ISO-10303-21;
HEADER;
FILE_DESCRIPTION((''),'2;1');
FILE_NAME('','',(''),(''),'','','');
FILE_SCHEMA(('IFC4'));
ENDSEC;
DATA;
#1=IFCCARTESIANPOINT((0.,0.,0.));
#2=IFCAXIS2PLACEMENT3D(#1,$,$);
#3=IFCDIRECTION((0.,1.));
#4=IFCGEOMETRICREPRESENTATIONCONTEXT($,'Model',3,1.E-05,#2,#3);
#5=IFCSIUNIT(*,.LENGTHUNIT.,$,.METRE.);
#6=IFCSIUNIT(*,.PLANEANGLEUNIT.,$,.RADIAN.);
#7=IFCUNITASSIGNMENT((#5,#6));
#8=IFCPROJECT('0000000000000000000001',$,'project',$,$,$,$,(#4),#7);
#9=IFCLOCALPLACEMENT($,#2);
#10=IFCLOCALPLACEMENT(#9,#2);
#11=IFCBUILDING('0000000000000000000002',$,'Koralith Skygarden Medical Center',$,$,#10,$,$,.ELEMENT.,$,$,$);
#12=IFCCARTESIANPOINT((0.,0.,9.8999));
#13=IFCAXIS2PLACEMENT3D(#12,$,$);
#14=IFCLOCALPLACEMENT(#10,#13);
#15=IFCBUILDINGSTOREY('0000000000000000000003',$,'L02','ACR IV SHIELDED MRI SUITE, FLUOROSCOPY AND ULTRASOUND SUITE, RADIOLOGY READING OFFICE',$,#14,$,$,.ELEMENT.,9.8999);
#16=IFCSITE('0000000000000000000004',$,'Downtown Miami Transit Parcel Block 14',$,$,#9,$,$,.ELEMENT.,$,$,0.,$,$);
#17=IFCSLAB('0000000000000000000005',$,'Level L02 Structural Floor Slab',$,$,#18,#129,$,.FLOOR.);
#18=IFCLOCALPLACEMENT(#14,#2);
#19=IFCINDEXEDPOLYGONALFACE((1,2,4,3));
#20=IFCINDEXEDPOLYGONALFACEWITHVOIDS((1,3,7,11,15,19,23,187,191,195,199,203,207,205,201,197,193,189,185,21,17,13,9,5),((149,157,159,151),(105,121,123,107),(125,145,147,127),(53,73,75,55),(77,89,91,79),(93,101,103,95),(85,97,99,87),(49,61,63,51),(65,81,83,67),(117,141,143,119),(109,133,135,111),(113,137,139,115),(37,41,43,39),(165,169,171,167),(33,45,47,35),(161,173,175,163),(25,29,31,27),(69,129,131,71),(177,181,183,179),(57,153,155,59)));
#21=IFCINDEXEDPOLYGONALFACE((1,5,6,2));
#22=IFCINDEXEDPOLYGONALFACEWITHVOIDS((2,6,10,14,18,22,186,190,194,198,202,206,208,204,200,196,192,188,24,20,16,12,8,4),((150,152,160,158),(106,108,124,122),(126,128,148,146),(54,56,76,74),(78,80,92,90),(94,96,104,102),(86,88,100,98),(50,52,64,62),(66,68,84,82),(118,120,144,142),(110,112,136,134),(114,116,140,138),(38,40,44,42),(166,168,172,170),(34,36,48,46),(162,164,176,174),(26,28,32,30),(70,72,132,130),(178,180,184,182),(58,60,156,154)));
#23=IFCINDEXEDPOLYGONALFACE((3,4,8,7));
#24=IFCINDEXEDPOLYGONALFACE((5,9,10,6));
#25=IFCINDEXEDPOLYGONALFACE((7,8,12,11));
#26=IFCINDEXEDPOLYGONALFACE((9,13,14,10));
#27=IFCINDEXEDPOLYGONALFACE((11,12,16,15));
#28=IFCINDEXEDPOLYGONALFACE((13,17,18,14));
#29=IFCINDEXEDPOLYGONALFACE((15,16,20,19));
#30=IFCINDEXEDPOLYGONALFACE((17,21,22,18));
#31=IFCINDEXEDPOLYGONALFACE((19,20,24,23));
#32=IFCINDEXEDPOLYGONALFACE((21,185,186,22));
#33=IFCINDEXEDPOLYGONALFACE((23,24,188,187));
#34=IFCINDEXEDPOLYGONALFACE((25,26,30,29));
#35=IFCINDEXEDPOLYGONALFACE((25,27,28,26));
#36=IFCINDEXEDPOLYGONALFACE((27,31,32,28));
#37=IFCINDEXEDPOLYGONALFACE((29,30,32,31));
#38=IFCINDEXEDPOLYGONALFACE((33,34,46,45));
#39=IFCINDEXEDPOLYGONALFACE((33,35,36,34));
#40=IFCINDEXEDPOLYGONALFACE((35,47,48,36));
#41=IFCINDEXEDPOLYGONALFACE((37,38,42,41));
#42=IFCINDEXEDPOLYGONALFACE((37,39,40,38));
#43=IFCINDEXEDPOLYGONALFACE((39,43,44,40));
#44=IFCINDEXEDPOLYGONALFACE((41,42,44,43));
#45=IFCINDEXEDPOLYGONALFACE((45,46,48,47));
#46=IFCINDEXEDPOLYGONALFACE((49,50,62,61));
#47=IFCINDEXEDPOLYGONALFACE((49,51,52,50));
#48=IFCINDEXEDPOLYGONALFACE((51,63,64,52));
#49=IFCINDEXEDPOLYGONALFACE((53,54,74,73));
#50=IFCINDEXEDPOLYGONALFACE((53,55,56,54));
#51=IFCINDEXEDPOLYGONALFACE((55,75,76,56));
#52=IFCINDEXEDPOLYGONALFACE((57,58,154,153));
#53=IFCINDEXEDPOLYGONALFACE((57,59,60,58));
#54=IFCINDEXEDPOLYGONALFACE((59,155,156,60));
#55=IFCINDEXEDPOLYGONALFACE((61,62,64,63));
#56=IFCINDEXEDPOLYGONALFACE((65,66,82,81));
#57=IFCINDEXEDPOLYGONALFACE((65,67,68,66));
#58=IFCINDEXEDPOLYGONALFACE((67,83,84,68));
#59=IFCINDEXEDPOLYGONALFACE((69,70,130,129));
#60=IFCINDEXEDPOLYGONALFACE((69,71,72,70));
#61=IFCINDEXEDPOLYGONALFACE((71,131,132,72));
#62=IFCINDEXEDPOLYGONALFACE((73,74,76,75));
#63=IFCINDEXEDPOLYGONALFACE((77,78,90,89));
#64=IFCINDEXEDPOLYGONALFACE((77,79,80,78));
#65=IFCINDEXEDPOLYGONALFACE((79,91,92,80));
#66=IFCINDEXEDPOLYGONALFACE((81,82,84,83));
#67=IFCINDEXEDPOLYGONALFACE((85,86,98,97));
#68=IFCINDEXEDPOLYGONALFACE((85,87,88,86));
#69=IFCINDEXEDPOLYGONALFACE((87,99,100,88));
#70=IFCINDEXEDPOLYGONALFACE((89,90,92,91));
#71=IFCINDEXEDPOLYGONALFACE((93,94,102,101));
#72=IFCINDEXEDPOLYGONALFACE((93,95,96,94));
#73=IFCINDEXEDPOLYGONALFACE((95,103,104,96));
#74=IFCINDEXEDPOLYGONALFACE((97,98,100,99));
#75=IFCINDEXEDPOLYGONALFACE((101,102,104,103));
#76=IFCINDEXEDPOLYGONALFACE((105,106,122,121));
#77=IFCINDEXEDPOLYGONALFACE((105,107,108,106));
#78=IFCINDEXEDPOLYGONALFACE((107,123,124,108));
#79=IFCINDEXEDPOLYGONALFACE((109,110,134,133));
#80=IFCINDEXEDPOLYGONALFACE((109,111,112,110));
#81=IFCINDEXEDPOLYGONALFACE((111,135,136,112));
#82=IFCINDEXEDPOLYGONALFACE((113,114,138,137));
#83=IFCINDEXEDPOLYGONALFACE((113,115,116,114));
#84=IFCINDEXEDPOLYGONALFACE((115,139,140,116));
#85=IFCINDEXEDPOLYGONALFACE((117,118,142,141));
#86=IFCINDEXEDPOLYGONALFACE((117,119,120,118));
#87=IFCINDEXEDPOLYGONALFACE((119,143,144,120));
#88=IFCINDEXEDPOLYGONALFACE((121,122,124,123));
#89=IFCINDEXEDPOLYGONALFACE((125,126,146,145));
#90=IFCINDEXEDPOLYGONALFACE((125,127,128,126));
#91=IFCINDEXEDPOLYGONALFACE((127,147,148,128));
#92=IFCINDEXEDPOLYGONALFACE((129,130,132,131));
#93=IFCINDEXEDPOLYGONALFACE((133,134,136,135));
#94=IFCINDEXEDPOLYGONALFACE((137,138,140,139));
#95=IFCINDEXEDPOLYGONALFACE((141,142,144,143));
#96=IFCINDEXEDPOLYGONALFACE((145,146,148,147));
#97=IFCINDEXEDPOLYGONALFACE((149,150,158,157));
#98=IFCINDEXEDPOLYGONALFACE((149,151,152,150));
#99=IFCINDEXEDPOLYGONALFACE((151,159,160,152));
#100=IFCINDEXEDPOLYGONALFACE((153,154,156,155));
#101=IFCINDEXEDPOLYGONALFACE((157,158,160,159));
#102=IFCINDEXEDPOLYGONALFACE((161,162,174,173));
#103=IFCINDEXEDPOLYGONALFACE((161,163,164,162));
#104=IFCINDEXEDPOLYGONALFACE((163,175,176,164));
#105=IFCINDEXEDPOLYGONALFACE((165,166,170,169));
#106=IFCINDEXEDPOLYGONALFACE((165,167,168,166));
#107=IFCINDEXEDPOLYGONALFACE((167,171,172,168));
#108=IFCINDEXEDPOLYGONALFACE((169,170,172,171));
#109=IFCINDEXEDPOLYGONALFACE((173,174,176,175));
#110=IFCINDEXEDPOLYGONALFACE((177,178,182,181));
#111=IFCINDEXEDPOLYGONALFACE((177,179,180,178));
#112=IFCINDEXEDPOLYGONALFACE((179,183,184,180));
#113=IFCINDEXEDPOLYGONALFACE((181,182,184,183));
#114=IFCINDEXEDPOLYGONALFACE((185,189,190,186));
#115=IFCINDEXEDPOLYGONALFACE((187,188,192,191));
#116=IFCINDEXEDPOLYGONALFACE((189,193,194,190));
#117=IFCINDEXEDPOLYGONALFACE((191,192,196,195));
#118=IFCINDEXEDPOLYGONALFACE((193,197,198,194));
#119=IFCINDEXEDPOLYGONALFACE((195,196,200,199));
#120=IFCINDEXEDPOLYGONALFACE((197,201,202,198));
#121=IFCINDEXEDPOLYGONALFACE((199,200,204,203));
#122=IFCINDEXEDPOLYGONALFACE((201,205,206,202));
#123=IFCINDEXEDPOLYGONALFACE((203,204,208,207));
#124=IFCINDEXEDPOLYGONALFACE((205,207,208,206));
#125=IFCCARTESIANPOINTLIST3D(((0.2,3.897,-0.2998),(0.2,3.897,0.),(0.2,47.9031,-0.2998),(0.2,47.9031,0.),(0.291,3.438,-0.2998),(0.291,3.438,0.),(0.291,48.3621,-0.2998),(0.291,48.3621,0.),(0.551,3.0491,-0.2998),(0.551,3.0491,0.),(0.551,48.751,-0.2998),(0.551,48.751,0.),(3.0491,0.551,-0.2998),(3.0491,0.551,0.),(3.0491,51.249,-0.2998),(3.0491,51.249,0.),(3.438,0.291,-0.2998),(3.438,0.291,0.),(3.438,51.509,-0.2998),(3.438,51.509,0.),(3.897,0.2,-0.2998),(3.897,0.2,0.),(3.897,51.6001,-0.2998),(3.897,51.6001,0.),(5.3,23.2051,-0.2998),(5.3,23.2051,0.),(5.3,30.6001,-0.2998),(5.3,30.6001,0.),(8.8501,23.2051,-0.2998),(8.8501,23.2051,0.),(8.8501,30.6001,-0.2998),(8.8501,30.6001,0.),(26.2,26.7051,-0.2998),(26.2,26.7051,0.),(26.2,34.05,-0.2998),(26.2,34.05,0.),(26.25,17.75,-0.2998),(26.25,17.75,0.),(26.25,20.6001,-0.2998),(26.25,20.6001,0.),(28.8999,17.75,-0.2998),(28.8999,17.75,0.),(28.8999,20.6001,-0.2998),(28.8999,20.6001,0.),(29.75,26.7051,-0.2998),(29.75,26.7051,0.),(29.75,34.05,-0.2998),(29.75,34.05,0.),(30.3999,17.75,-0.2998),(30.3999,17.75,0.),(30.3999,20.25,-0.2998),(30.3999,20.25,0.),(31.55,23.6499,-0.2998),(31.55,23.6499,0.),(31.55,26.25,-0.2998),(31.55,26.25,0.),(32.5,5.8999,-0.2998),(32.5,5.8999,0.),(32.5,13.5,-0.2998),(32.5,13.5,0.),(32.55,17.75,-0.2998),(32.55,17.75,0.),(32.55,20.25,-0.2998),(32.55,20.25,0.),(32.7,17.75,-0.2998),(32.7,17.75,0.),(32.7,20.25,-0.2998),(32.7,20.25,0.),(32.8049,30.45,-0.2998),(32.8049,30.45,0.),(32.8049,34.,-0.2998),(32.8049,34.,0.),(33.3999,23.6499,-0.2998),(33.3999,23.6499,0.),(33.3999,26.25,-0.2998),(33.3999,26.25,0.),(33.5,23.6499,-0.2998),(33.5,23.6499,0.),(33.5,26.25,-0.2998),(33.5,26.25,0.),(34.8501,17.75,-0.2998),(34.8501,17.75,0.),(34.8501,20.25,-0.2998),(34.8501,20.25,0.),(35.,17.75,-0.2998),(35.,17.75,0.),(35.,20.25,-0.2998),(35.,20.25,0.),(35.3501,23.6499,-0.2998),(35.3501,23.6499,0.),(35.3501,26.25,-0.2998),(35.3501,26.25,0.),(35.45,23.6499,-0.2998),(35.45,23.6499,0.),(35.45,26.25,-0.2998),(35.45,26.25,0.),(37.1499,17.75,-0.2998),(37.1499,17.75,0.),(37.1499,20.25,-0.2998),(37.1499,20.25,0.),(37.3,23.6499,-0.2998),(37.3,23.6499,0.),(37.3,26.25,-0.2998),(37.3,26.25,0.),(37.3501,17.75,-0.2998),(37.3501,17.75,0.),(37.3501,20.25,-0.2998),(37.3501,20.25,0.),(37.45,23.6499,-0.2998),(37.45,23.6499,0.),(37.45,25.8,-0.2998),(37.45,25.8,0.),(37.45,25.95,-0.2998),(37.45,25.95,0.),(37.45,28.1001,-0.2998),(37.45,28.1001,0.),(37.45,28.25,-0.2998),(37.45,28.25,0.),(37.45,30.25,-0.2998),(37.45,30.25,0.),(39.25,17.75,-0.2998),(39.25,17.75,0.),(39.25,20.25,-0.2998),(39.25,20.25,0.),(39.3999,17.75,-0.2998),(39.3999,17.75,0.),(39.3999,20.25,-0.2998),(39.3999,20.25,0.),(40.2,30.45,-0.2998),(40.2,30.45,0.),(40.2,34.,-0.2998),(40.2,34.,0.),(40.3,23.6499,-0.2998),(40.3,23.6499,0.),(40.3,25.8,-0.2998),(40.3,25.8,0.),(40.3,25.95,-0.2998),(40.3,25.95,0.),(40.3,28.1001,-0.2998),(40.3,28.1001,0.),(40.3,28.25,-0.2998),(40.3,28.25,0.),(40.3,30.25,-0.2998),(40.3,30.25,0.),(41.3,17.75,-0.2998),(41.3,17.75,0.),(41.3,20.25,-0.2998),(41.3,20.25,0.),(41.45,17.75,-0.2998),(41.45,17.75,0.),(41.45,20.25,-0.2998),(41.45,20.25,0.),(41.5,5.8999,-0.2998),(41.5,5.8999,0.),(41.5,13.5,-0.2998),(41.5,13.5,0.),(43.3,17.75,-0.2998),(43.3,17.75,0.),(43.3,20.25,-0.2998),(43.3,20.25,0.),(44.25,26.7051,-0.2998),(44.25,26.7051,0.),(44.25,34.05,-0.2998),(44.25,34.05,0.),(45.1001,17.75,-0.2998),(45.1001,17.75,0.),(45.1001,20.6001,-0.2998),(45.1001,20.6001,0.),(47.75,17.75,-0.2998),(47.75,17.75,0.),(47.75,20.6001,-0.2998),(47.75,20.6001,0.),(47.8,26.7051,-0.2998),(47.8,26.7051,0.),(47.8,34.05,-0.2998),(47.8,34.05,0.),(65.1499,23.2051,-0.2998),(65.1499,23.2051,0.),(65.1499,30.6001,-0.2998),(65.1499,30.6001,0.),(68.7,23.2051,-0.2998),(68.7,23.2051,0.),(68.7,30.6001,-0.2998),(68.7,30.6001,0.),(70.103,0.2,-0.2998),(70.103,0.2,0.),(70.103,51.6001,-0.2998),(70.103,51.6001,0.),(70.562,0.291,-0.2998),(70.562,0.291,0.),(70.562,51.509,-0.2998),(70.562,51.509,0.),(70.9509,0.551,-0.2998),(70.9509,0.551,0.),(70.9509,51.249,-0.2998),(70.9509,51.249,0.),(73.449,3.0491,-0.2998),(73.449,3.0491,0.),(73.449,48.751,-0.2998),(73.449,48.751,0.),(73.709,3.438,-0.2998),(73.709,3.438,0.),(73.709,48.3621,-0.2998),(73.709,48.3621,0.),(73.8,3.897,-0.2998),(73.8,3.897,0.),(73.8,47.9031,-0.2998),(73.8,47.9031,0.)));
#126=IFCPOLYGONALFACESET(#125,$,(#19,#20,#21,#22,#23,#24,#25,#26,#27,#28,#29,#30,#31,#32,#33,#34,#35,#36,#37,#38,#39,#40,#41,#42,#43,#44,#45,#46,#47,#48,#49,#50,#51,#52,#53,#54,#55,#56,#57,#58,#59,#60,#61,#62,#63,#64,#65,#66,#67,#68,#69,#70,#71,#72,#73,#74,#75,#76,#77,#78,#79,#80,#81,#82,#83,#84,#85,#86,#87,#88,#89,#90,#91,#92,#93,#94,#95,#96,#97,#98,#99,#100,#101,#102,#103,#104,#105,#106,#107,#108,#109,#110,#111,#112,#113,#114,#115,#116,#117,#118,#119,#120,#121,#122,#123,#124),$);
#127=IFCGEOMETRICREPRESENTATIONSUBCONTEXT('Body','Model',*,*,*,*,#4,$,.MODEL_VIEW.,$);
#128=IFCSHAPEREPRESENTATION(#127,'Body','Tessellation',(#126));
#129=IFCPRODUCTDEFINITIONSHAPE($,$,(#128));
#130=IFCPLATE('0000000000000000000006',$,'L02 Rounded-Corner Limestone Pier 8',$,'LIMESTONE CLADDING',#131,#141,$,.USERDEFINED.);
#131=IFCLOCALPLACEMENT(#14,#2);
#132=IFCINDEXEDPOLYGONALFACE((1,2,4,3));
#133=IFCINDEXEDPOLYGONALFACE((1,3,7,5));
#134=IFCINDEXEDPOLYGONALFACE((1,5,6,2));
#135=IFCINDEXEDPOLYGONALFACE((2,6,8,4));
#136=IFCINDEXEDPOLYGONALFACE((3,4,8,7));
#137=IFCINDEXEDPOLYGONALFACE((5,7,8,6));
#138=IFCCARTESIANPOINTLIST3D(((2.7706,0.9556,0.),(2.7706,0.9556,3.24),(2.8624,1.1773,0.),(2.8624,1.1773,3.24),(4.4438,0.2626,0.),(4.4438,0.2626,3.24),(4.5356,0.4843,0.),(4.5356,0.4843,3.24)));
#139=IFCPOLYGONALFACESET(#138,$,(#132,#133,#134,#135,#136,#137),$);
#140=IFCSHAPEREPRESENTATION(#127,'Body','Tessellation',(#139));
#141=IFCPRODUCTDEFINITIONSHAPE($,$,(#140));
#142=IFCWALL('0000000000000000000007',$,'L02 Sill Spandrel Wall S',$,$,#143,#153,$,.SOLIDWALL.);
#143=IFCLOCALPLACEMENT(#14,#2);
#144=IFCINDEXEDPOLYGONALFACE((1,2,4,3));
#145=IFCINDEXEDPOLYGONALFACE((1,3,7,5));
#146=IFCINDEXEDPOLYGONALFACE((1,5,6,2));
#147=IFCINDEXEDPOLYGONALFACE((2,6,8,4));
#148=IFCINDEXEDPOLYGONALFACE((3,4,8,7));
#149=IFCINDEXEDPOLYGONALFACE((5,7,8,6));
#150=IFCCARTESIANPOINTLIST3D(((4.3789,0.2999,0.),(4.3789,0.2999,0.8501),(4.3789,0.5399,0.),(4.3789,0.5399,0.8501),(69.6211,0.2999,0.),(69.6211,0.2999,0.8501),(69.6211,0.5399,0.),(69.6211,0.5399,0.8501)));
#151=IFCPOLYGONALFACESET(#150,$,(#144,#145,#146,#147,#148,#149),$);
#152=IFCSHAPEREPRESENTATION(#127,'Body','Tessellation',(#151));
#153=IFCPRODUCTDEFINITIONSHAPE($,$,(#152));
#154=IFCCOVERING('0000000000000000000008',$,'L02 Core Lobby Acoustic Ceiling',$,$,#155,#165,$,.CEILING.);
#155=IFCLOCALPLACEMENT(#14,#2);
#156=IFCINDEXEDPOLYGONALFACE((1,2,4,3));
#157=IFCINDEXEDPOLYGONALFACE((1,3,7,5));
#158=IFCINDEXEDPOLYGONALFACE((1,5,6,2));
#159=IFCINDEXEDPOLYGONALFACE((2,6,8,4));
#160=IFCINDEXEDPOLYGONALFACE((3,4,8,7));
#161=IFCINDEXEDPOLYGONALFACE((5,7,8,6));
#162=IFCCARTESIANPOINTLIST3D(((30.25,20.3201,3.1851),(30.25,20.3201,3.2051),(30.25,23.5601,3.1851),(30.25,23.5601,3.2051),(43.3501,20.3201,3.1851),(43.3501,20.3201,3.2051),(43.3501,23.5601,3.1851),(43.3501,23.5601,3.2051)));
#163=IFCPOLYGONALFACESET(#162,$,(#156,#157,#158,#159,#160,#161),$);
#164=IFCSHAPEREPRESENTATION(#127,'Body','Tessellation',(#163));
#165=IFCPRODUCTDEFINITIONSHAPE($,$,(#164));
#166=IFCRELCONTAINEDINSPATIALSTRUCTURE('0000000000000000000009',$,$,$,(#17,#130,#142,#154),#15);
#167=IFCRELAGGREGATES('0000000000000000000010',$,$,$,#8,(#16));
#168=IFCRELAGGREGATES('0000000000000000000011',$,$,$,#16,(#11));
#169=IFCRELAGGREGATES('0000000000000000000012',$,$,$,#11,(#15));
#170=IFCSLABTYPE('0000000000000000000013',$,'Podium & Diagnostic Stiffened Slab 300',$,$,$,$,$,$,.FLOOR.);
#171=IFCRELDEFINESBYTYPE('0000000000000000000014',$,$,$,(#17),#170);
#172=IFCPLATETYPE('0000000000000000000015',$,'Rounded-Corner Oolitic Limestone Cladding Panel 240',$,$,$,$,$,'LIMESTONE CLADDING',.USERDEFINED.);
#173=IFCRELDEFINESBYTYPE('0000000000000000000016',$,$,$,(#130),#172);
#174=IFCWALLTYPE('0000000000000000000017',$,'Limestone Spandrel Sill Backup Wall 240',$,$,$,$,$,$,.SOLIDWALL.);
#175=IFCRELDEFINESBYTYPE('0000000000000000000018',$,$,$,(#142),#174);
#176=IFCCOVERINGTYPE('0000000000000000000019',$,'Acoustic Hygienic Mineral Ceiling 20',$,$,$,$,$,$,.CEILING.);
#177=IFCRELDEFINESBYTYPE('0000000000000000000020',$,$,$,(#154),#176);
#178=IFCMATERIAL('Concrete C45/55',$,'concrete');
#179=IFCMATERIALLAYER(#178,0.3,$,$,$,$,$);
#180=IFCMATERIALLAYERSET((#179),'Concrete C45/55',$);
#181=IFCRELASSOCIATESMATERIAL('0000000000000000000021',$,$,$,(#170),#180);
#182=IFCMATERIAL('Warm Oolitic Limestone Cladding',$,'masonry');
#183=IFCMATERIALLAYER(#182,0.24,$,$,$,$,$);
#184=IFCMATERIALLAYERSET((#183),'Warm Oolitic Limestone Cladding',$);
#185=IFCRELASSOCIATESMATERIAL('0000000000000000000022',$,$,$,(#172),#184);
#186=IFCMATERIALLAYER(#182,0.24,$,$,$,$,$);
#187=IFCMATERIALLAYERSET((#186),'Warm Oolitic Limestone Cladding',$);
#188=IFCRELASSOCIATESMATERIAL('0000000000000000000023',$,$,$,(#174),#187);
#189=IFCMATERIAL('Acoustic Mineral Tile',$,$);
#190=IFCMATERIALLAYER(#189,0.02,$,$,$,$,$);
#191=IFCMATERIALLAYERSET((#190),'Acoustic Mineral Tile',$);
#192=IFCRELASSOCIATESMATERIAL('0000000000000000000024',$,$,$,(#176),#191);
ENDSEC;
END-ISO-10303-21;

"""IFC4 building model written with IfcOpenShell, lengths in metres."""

from ifc_helpers import new_model, si_unit, direction, frame, frame_2d, origin, origin_2d, place, context, subcontext, project, spatial, polyline, rectangle, outline, extrude, material, layer, layer_set, type_object, element, save


model = new_model("IFC4")

# Units and contexts
model_context = context("Model", 3, precision=1e-05, world=origin(), true_north=direction((0.0, 1.0)))
body_context = subcontext(model_context, "Body", "Model", "MODEL_VIEW")
ifc_project = project(units=[si_unit("LENGTHUNIT", "METRE"), si_unit("PLANEANGLEUNIT", "RADIAN")], contexts=[model_context])

# Site, building, storey
site_placement = place(None, origin())
site = spatial("IfcSite", under=ifc_project, at=site_placement, Name="Downtown Miami Transit Parcel Block 14", CompositionType="ELEMENT", RefElevation=0.0)
building_placement = place(site_placement, origin())
building = spatial("IfcBuilding", under=site, at=building_placement, Name="Koralith Skygarden Medical Center", CompositionType="ELEMENT")
storey_placement = place(building_placement, frame((0.0, 0.0, 9.8999)))
storey = spatial("IfcBuildingStorey", under=building, at=storey_placement, Name="L02", Description="ACR IV SHIELDED MRI SUITE, FLUOROSCOPY AND ULTRASOUND SUITE, RADIOLOGY READING OFFICE", CompositionType="ELEMENT", Elevation=9.8999)

# Shared definitions
ifc_material_1 = material(Name="Concrete C45/55", Category="concrete")

# Slab
ifc_layer_1 = layer(ifc_material_1, 0.3)
ifc_layer_set_1 = layer_set([ifc_layer_1], Name="Concrete C45/55")
slab_type_1 = type_object("IfcSlabType", Name="Podium & Diagnostic Stiffened Slab 300", PredefinedType="FLOOR", material=ifc_layer_set_1)
slab_1_placement = place(storey_placement, frame((0.0, 0.0, -0.2998)))
element("IfcSlab", 1, at=slab_1_placement, inside=storey, type_object=slab_type_1, Name="Level L02 Structural Floor Slab", PredefinedType="FLOOR", context=body_context, shape_type="SweptSolid", body=[
    extrude(outline(polyline([(3.0491, 0.551), (3.438, 0.291), (3.897, 0.2), (70.103, 0.2), (70.562, 0.291), (70.9509, 0.551), (73.449, 3.0491), (73.709, 3.438), (73.8, 3.897), (73.8, 47.9031), (73.709, 48.3621), (73.449, 48.751), (70.9509, 51.249), (70.562, 51.509), (70.103, 51.6001), (3.897, 51.6001), (3.438, 51.509), (3.0491, 51.249), (0.551, 48.751), (0.291, 48.3621), (0.2, 47.9031), (0.2, 3.897), (0.291, 3.438), (0.551, 3.0491), (3.0491, 0.551)]), holes=[polyline([(26.2, 26.7051), (29.75, 26.7051), (29.75, 34.05), (26.2, 34.05), (26.2, 26.7051)]), polyline([(44.25, 26.7051), (47.8, 26.7051), (47.8, 34.05), (44.25, 34.05), (44.25, 26.7051)]), polyline([(32.8049, 30.45), (40.2, 30.45), (40.2, 34.0), (32.8049, 34.0), (32.8049, 30.45)]), polyline([(5.3, 23.2051), (8.8501, 23.2051), (8.8501, 30.6001), (5.3, 30.6001), (5.3, 23.2051)]), polyline([(65.1499, 23.2051), (68.7, 23.2051), (68.7, 30.6001), (65.1499, 30.6001), (65.1499, 23.2051)]), polyline([(26.25, 17.75), (28.8999, 17.75), (28.8999, 20.6001), (26.25, 20.6001), (26.25, 17.75)]), polyline([(45.1001, 17.75), (47.75, 17.75), (47.75, 20.6001), (45.1001, 20.6001), (45.1001, 17.75)]), polyline([(30.3999, 17.75), (32.55, 17.75), (32.55, 20.25), (30.3999, 20.25), (30.3999, 17.75)]), polyline([(32.7, 17.75), (34.8501, 17.75), (34.8501, 20.25), (32.7, 20.25), (32.7, 17.75)]), polyline([(35.0, 17.75), (37.1499, 17.75), (37.1499, 20.25), (35.0, 20.25), (35.0, 17.75)]), polyline([(37.3501, 17.75), (39.25, 17.75), (39.25, 20.25), (37.3501, 20.25), (37.3501, 17.75)]), polyline([(39.3999, 17.75), (41.3, 17.75), (41.3, 20.25), (39.3999, 20.25), (39.3999, 17.75)]), polyline([(41.45, 17.75), (43.3, 17.75), (43.3, 20.25), (41.45, 20.25), (41.45, 17.75)]), polyline([(31.55, 23.6499), (33.3999, 23.6499), (33.3999, 26.25), (31.55, 26.25), (31.55, 23.6499)]), polyline([(33.5, 23.6499), (35.3501, 23.6499), (35.3501, 26.25), (33.5, 26.25), (33.5, 23.6499)]), polyline([(35.45, 23.6499), (37.3, 23.6499), (37.3, 26.25), (35.45, 26.25), (35.45, 23.6499)]), polyline([(37.45, 23.6499), (40.3, 23.6499), (40.3, 25.8), (37.45, 25.8), (37.45, 23.6499)]), polyline([(37.45, 25.95), (40.3, 25.95), (40.3, 28.1001), (37.45, 28.1001), (37.45, 25.95)]), polyline([(37.45, 28.25), (40.3, 28.25), (40.3, 30.25), (37.45, 30.25), (37.45, 28.25)]), polyline([(32.5, 5.8999), (41.5, 5.8999), (41.5, 13.5), (32.5, 13.5), (32.5, 5.8999)])]), origin(), (0.0, 0.0, 1.0), 0.2998),
])

# Plate
ifc_material_2 = material(Name="Warm Oolitic Limestone Cladding", Category="masonry")
ifc_layer_2 = layer(ifc_material_2, 0.24)
ifc_layer_set_2 = layer_set([ifc_layer_2], Name="Warm Oolitic Limestone Cladding")
plate_type_1 = type_object("IfcPlateType", Name="Rounded-Corner Oolitic Limestone Cladding Panel 240", ElementType="LIMESTONE CLADDING", PredefinedType="USERDEFINED", material=ifc_layer_set_2)
plate_1_placement = place(storey_placement, frame((3.6531, 0.72, 0.0), z_axis=(0.0, 0.0, 1.0), x_axis=(0.923885, -0.382671, 0.0)))
element("IfcPlate", 2, at=plate_1_placement, inside=storey, type_object=plate_type_1, Name="L02 Rounded-Corner Limestone Pier 8", ObjectType="LIMESTONE CLADDING", PredefinedType="USERDEFINED", context=body_context, shape_type="SweptSolid", body=[
    extrude(rectangle(XDim=1.811, YDim=0.24, at=origin_2d()), origin(), (0.0, 0.0, 1.0), 3.24),
])

# Wall
ifc_layer_3 = layer(ifc_material_2, 0.24)
ifc_layer_set_3 = layer_set([ifc_layer_3], Name="Warm Oolitic Limestone Cladding")
wall_type = type_object("IfcWallType", Name="Limestone Spandrel Sill Backup Wall 240", PredefinedType="SOLIDWALL", material=ifc_layer_set_3)
wall_placement = place(storey_placement, frame((4.3789, 0.4199, 0.0), z_axis=(0.0, 0.0, 1.0), x_axis=(1.0, 0.0, 0.0)))
element("IfcWall", 3, at=wall_placement, inside=storey, type_object=wall_type, Name="L02 Sill Spandrel Wall S", PredefinedType="SOLIDWALL", context=body_context, shape_type="SweptSolid", body=[
    extrude(rectangle(XDim=65.2422, YDim=0.24, at=frame_2d((32.6211, 0.0))), origin(), (0.0, 0.0, 1.0), 0.8501),
])

# Covering
ifc_material_3 = material(Name="Acoustic Mineral Tile")
ifc_layer_4 = layer(ifc_material_3, 0.02)
ifc_layer_set_4 = layer_set([ifc_layer_4], Name="Acoustic Mineral Tile")
covering_type_1 = type_object("IfcCoveringType", Name="Acoustic Hygienic Mineral Ceiling 20", PredefinedType="CEILING", material=ifc_layer_set_4)
covering_1_placement = place(storey_placement, frame((0.0, 0.0, 3.1851)))
element("IfcCovering", 4, at=covering_1_placement, inside=storey, type_object=covering_type_1, Name="L02 Core Lobby Acoustic Ceiling", PredefinedType="CEILING", context=body_context, shape_type="SweptSolid", body=[
    extrude(outline(polyline([(30.25, 20.3201), (43.3501, 20.3201), (43.3501, 23.5601), (30.25, 23.5601), (30.25, 20.3201)])), origin(), (0.0, 0.0, 1.0), 0.02),
])

save(model, "model.ifc")
